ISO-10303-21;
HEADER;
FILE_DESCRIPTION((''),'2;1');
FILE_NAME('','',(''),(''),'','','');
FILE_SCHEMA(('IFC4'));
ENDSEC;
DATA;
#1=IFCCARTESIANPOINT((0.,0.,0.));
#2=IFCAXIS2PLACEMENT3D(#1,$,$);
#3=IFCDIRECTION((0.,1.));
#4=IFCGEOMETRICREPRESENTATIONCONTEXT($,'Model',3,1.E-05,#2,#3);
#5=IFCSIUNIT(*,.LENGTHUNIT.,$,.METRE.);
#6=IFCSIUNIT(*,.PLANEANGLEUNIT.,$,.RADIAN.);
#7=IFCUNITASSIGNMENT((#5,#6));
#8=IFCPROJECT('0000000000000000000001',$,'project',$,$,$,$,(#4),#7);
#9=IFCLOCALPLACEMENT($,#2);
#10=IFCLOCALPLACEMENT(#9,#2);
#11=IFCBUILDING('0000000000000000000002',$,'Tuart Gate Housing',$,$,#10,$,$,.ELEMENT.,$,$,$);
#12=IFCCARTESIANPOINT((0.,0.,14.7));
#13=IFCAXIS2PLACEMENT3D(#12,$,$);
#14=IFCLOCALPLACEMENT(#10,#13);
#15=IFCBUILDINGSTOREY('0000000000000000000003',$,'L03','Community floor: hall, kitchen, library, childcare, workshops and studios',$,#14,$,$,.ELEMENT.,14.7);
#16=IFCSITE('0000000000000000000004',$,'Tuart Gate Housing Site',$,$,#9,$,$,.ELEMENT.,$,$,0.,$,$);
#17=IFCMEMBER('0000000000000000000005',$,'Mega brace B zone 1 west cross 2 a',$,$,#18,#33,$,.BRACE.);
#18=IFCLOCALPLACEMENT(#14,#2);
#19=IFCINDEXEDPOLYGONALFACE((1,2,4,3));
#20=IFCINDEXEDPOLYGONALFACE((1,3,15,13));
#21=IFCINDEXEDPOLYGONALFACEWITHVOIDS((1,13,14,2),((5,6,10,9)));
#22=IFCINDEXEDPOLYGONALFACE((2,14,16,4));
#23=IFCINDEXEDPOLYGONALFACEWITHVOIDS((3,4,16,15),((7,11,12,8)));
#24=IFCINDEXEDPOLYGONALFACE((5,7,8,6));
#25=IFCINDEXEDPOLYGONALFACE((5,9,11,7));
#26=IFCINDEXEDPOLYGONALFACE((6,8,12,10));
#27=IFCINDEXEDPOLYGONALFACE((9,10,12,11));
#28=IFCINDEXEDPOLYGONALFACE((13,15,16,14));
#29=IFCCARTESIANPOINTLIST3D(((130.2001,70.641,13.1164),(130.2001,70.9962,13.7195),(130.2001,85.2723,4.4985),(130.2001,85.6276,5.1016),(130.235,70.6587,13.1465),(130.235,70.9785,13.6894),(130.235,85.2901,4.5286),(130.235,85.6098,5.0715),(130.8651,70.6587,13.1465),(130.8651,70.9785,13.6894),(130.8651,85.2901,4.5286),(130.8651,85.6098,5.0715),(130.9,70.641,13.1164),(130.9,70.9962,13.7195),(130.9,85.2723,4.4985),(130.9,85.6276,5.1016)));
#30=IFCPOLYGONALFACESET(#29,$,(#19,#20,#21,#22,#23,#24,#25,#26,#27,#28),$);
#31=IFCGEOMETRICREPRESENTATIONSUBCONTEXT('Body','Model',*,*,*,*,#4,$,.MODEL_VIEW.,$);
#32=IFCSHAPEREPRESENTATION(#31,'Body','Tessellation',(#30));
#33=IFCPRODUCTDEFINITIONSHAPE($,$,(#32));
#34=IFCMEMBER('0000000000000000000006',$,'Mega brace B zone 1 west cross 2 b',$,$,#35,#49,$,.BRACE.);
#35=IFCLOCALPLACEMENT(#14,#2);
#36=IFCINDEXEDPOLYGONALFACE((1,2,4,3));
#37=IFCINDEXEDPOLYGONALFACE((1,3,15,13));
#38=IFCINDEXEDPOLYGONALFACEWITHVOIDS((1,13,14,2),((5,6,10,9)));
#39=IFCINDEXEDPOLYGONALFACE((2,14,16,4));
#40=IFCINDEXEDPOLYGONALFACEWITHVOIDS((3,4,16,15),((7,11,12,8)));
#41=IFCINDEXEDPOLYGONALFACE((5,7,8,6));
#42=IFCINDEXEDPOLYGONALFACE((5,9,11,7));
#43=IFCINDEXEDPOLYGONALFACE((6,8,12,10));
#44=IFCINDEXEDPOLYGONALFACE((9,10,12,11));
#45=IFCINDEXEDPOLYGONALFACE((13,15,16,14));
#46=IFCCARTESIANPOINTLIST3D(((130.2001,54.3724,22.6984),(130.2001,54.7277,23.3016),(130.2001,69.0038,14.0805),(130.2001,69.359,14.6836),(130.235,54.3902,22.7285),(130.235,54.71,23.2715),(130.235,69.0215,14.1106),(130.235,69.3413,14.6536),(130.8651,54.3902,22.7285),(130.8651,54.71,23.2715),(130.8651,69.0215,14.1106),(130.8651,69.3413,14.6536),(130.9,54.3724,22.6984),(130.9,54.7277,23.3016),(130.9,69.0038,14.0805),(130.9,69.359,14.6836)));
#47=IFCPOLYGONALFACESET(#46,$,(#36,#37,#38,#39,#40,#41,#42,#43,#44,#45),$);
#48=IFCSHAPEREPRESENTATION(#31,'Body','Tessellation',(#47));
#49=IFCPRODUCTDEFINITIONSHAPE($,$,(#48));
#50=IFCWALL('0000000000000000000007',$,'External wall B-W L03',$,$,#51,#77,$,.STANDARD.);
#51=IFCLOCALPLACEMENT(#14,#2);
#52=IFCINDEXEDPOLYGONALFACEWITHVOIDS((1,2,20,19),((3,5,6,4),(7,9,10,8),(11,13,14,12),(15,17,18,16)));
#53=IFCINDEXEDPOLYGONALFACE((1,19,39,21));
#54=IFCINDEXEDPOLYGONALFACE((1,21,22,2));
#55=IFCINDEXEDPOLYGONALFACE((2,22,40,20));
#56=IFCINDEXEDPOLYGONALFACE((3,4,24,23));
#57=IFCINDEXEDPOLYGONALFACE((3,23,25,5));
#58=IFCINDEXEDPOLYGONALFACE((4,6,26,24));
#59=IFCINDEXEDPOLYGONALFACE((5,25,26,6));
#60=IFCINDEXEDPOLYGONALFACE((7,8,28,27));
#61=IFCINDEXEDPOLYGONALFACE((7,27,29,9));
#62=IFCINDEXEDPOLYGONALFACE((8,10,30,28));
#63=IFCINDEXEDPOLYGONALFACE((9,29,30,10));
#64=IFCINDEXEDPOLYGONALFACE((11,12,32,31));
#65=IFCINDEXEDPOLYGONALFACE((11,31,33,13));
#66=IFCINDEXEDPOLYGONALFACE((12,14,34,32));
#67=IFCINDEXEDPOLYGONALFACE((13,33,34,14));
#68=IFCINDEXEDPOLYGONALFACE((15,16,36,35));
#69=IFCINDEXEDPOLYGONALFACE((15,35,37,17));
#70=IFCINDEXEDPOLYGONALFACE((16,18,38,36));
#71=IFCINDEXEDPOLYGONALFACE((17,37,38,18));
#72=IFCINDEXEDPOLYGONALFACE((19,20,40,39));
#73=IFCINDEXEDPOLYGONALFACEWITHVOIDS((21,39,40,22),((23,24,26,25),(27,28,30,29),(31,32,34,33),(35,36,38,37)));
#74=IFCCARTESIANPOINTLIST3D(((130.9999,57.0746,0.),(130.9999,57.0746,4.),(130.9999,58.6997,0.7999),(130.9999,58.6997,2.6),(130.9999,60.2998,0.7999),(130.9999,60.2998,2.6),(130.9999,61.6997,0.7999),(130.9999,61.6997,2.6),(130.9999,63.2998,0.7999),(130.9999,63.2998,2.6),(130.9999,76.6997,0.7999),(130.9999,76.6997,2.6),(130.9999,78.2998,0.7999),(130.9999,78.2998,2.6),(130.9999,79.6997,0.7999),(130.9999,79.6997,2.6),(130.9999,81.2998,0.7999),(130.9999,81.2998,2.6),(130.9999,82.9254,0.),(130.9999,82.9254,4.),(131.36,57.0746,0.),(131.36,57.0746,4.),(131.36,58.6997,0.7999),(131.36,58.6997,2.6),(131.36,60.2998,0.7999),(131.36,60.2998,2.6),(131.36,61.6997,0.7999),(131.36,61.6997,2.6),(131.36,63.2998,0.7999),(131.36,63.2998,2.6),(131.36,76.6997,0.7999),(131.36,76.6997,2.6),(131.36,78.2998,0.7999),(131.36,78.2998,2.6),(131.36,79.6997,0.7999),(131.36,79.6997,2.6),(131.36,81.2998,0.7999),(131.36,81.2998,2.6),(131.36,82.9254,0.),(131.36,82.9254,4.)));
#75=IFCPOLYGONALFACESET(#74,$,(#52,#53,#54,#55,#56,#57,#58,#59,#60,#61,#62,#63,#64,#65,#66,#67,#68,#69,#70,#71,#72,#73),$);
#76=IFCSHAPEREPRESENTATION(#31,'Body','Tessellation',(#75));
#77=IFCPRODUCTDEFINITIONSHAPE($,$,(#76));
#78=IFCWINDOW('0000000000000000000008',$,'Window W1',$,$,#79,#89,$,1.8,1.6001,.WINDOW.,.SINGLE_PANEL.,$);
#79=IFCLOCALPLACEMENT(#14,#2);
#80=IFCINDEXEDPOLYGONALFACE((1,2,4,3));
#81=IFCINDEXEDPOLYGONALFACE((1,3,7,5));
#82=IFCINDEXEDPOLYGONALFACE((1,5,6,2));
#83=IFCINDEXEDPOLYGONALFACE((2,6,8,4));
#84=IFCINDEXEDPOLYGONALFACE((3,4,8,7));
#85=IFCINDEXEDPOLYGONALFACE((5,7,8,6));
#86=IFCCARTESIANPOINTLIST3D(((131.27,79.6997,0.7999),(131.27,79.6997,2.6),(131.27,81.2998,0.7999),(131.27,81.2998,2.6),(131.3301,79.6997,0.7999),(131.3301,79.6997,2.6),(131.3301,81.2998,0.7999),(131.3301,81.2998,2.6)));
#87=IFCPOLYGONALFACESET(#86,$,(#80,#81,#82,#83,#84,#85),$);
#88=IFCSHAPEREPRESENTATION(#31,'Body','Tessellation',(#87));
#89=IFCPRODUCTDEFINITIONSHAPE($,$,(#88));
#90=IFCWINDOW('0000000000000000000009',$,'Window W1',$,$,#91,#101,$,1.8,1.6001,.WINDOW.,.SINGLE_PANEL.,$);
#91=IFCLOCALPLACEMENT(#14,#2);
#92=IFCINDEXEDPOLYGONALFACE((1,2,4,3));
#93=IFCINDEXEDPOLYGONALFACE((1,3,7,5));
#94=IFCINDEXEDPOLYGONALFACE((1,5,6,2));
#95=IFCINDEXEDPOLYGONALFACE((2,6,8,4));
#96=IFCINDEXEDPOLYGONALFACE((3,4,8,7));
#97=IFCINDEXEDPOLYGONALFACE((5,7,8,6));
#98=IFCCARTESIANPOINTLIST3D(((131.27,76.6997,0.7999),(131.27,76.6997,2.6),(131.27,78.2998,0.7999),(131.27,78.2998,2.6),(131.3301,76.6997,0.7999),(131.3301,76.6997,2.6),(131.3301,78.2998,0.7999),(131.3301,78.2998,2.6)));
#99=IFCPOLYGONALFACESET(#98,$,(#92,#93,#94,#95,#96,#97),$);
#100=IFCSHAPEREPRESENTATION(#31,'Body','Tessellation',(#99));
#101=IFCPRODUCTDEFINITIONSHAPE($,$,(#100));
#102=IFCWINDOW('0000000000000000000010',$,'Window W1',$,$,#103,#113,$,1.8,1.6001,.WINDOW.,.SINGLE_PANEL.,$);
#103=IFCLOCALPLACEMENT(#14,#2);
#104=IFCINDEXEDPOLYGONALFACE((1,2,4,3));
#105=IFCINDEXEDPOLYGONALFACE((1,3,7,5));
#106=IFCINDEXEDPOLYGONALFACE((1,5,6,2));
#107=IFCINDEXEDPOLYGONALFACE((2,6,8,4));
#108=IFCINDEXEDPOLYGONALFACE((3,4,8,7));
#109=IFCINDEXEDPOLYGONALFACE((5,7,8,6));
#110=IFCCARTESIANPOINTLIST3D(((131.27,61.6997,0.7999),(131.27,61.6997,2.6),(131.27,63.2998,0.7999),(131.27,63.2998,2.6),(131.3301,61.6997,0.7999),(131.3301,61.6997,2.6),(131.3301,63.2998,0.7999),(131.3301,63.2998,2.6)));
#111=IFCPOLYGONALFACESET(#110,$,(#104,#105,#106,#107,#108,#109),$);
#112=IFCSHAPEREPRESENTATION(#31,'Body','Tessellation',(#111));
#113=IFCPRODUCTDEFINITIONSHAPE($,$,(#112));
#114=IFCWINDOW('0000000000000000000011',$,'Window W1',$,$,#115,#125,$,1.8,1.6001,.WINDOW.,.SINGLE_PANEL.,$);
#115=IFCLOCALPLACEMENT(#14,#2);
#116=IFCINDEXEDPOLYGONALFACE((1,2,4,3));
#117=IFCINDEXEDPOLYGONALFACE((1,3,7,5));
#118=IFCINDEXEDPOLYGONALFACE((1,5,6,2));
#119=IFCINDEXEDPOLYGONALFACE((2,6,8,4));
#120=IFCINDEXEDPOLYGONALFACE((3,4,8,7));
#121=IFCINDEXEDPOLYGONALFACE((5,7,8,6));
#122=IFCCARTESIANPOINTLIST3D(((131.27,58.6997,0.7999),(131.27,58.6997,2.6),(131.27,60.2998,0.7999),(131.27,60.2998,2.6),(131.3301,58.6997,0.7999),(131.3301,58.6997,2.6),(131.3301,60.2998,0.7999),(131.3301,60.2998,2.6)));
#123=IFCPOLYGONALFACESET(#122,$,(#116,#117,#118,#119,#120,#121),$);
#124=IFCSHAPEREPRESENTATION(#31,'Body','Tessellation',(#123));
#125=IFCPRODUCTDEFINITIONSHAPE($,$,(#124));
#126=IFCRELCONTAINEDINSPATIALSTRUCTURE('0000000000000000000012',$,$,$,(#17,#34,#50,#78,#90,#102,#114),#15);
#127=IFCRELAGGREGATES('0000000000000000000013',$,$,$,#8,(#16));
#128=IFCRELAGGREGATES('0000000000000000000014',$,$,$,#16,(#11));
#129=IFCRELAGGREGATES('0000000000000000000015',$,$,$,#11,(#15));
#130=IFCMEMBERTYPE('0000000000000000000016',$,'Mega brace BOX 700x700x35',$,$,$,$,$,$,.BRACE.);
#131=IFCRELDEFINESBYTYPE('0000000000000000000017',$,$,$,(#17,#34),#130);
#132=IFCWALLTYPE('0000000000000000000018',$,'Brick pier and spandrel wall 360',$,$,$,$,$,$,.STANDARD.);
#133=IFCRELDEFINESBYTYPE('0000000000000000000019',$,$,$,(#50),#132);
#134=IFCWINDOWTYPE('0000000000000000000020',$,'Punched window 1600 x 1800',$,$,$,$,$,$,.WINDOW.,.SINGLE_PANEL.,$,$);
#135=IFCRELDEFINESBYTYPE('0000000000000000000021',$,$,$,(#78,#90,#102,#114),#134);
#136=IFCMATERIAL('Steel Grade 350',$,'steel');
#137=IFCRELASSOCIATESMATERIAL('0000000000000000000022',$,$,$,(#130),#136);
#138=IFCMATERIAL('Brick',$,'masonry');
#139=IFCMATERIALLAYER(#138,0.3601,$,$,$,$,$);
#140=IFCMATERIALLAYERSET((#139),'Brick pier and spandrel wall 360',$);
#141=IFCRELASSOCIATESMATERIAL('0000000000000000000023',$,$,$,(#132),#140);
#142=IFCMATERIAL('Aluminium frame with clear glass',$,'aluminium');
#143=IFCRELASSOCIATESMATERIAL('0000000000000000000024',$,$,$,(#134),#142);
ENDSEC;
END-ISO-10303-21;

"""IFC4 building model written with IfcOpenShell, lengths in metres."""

from ifc_helpers import new_model, si_unit, direction, frame, frame_2d, origin, origin_2d, place, context, subcontext, project, spatial, rectangle, hollow_rectangle, extrude, material, layer, layer_set, material_profile, profile_set, type_object, element, fill, save


model = new_model("IFC4")

# Units and contexts
model_context = context("Model", 3, precision=1e-05, world=origin(), true_north=direction((0.0, 1.0)))
body_context = subcontext(model_context, "Body", "Model", "MODEL_VIEW")
ifc_project = project(units=[si_unit("LENGTHUNIT", "METRE"), si_unit("PLANEANGLEUNIT", "RADIAN")], contexts=[model_context])

# Site, building, storey
site_placement = place(None, origin())
site = spatial("IfcSite", under=ifc_project, at=site_placement, Name="Tuart Gate Housing Site", CompositionType="ELEMENT", RefElevation=0.0)
building_placement = place(site_placement, origin())
building = spatial("IfcBuilding", under=site, at=building_placement, Name="Tuart Gate Housing", CompositionType="ELEMENT")
storey_placement = place(building_placement, frame((0.0, 0.0, 14.7)))
storey = spatial("IfcBuildingStorey", under=building, at=storey_placement, Name="L03", Description="Community floor: hall, kitchen, library, childcare, workshops and studios", CompositionType="ELEMENT", Elevation=14.7)

# Members
ifc_material_1 = material(Name="Steel Grade 350", Category="steel")
ifc_material_profile = material_profile(ifc_material_1, hollow_rectangle(XDim=0.7, YDim=0.7, WallThickness=0.0349, at=origin_2d()), Name="BOX 700x700x35")
ifc_profile_set = profile_set([ifc_material_profile], Name="Steel Grade 350")
member_type = type_object("IfcMemberType", Name="Mega brace BOX 700x700x35", PredefinedType="BRACE", material=ifc_profile_set)
for number, where, z_axis, x_axis, name in (
    (1, (130.55, 85.45, 4.8), (0.0, -0.861645, 0.507512), (1.0, 0.0, 0.0), "Mega brace B zone 1 west cross 2 a"),
    (2, (130.55, 69.1814, 14.3821), (0.0, -0.861645, 0.507512), (1.0, 0.0, 0.0), "Mega brace B zone 1 west cross 2 b"),
):
    element("IfcMember", number, at=place(storey_placement, frame(where, z_axis=z_axis, x_axis=x_axis)), inside=storey, type_object=member_type, Name=name, PredefinedType="BRACE", context=body_context, shape_type="SweptSolid", body=[
        extrude(hollow_rectangle(XDim=0.7, YDim=0.7, WallThickness=0.0349, at=origin_2d()), origin(), (0.0, 0.0, 1.0), 16.9807),
    ])

# Wall, openings, windows
ifc_material_2 = material(Name="Brick", Category="masonry")
ifc_layer_1 = layer(ifc_material_2, 0.3601)
ifc_layer_set_1 = layer_set([ifc_layer_1], Name="Brick pier and spandrel wall 360")
wall_type_1 = type_object("IfcWallType", Name="Brick pier and spandrel wall 360", PredefinedType="STANDARD", material=ifc_layer_set_1)
wall_1_placement = place(storey_placement, frame((131.1799, 82.9253, 0.0), z_axis=(0.0, 0.0, 1.0), x_axis=(0.0, -1.0, 0.0)))
wall_1 = element("IfcWall", 3, at=wall_1_placement, inside=storey, type_object=wall_type_1, Name="External wall B-W L03", PredefinedType="STANDARD", context=body_context, shape_type="SweptSolid", body=[
    extrude(rectangle(XDim=25.8508, YDim=0.3601, at=frame_2d((12.9253, 0.0))), origin(), (0.0, 0.0, 1.0), 4.0),
])
opening_1_placement = place(wall_1_placement, frame((1.6255, 0.0, 0.8)))
opening_1 = element("IfcOpeningElement", 4, at=opening_1_placement, cuts=wall_1, PredefinedType="OPENING", context=body_context, shape_type="SweptSolid", body=[
    extrude(rectangle(XDim=1.6001, YDim=1.8, at=frame_2d((0.8, 0.8999))), frame((0.0, 0.1899, 0.0), z_axis=(0.0, -1.0, 0.0), x_axis=(1.0, 0.0, 0.0)), (0.0, 0.0, 1.0), 0.3801),
])
opening_2_placement = place(wall_1_placement, frame((4.6255, 0.0, 0.8)))
opening_2 = element("IfcOpeningElement", 5, at=opening_2_placement, cuts=wall_1, PredefinedType="OPENING", context=body_context, shape_type="SweptSolid", body=[
    extrude(rectangle(XDim=1.6001, YDim=1.8, at=frame_2d((0.8, 0.8999))), frame((0.0, 0.1899, 0.0), z_axis=(0.0, -1.0, 0.0), x_axis=(1.0, 0.0, 0.0)), (0.0, 0.0, 1.0), 0.3801),
])
opening_3_placement = place(wall_1_placement, frame((19.6255, 0.0, 0.8)))
opening_3 = element("IfcOpeningElement", 6, at=opening_3_placement, cuts=wall_1, PredefinedType="OPENING", context=body_context, shape_type="SweptSolid", body=[
    extrude(rectangle(XDim=1.6001, YDim=1.8, at=frame_2d((0.8, 0.8999))), frame((0.0, 0.1899, 0.0), z_axis=(0.0, -1.0, 0.0), x_axis=(1.0, 0.0, 0.0)), (0.0, 0.0, 1.0), 0.3801),
])
opening_4_placement = place(wall_1_placement, frame((22.6255, 0.0, 0.8)))
opening_4 = element("IfcOpeningElement", 7, at=opening_4_placement, cuts=wall_1, PredefinedType="OPENING", context=body_context, shape_type="SweptSolid", body=[
    extrude(rectangle(XDim=1.6001, YDim=1.8, at=frame_2d((0.8, 0.8999))), frame((0.0, 0.1899, 0.0), z_axis=(0.0, -1.0, 0.0), x_axis=(1.0, 0.0, 0.0)), (0.0, 0.0, 1.0), 0.3801),
])
ifc_material_3 = material(Name="Aluminium frame with clear glass", Category="aluminium")
window_type = type_object("IfcWindowType", Name="Punched window 1600 x 1800", PartitioningType="SINGLE_PANEL", PredefinedType="WINDOW", material=ifc_material_3)
window_1_placement = place(opening_1_placement, origin())
window_1 = element("IfcWindow", 8, at=window_1_placement, inside=storey, type_object=window_type, Name="Window W1", OverallHeight=1.8, OverallWidth=1.6001, PartitioningType="SINGLE_PANEL", PredefinedType="WINDOW", context=body_context, shape_type="SweptSolid", body=[
    extrude(rectangle(XDim=1.6001, YDim=1.8, at=frame_2d((0.8, 0.8999))), frame((0.0, 0.1501, 0.0), z_axis=(0.0, -1.0, 0.0), x_axis=(1.0, 0.0, 0.0)), (0.0, 0.0, 1.0), 0.0601),
])
fill(opening_1, window_1)
window_2_placement = place(opening_2_placement, origin())
window_2 = element("IfcWindow", 9, at=window_2_placement, inside=storey, type_object=window_type, Name="Window W1", OverallHeight=1.8, OverallWidth=1.6001, PartitioningType="SINGLE_PANEL", PredefinedType="WINDOW", context=body_context, shape_type="SweptSolid", body=[
    extrude(rectangle(XDim=1.6001, YDim=1.8, at=frame_2d((0.8, 0.8999))), frame((0.0, 0.1501, 0.0), z_axis=(0.0, -1.0, 0.0), x_axis=(1.0, 0.0, 0.0)), (0.0, 0.0, 1.0), 0.0601),
])
fill(opening_2, window_2)
window_3_placement = place(opening_3_placement, origin())
window_3 = element("IfcWindow", 10, at=window_3_placement, inside=storey, type_object=window_type, Name="Window W1", OverallHeight=1.8, OverallWidth=1.6001, PartitioningType="SINGLE_PANEL", PredefinedType="WINDOW", context=body_context, shape_type="SweptSolid", body=[
    extrude(rectangle(XDim=1.6001, YDim=1.8, at=frame_2d((0.8, 0.8999))), frame((0.0, 0.1501, 0.0), z_axis=(0.0, -1.0, 0.0), x_axis=(1.0, 0.0, 0.0)), (0.0, 0.0, 1.0), 0.0601),
])
fill(opening_3, window_3)
window_4_placement = place(opening_4_placement, origin())
window_4 = element("IfcWindow", 11, at=window_4_placement, inside=storey, type_object=window_type, Name="Window W1", OverallHeight=1.8, OverallWidth=1.6001, PartitioningType="SINGLE_PANEL", PredefinedType="WINDOW", context=body_context, shape_type="SweptSolid", body=[
    extrude(rectangle(XDim=1.6001, YDim=1.8, at=frame_2d((0.8, 0.8999))), frame((0.0, 0.1501, 0.0), z_axis=(0.0, -1.0, 0.0), x_axis=(1.0, 0.0, 0.0)), (0.0, 0.0, 1.0), 0.0601),
])
fill(opening_4, window_4)

save(model, "model.ifc")
